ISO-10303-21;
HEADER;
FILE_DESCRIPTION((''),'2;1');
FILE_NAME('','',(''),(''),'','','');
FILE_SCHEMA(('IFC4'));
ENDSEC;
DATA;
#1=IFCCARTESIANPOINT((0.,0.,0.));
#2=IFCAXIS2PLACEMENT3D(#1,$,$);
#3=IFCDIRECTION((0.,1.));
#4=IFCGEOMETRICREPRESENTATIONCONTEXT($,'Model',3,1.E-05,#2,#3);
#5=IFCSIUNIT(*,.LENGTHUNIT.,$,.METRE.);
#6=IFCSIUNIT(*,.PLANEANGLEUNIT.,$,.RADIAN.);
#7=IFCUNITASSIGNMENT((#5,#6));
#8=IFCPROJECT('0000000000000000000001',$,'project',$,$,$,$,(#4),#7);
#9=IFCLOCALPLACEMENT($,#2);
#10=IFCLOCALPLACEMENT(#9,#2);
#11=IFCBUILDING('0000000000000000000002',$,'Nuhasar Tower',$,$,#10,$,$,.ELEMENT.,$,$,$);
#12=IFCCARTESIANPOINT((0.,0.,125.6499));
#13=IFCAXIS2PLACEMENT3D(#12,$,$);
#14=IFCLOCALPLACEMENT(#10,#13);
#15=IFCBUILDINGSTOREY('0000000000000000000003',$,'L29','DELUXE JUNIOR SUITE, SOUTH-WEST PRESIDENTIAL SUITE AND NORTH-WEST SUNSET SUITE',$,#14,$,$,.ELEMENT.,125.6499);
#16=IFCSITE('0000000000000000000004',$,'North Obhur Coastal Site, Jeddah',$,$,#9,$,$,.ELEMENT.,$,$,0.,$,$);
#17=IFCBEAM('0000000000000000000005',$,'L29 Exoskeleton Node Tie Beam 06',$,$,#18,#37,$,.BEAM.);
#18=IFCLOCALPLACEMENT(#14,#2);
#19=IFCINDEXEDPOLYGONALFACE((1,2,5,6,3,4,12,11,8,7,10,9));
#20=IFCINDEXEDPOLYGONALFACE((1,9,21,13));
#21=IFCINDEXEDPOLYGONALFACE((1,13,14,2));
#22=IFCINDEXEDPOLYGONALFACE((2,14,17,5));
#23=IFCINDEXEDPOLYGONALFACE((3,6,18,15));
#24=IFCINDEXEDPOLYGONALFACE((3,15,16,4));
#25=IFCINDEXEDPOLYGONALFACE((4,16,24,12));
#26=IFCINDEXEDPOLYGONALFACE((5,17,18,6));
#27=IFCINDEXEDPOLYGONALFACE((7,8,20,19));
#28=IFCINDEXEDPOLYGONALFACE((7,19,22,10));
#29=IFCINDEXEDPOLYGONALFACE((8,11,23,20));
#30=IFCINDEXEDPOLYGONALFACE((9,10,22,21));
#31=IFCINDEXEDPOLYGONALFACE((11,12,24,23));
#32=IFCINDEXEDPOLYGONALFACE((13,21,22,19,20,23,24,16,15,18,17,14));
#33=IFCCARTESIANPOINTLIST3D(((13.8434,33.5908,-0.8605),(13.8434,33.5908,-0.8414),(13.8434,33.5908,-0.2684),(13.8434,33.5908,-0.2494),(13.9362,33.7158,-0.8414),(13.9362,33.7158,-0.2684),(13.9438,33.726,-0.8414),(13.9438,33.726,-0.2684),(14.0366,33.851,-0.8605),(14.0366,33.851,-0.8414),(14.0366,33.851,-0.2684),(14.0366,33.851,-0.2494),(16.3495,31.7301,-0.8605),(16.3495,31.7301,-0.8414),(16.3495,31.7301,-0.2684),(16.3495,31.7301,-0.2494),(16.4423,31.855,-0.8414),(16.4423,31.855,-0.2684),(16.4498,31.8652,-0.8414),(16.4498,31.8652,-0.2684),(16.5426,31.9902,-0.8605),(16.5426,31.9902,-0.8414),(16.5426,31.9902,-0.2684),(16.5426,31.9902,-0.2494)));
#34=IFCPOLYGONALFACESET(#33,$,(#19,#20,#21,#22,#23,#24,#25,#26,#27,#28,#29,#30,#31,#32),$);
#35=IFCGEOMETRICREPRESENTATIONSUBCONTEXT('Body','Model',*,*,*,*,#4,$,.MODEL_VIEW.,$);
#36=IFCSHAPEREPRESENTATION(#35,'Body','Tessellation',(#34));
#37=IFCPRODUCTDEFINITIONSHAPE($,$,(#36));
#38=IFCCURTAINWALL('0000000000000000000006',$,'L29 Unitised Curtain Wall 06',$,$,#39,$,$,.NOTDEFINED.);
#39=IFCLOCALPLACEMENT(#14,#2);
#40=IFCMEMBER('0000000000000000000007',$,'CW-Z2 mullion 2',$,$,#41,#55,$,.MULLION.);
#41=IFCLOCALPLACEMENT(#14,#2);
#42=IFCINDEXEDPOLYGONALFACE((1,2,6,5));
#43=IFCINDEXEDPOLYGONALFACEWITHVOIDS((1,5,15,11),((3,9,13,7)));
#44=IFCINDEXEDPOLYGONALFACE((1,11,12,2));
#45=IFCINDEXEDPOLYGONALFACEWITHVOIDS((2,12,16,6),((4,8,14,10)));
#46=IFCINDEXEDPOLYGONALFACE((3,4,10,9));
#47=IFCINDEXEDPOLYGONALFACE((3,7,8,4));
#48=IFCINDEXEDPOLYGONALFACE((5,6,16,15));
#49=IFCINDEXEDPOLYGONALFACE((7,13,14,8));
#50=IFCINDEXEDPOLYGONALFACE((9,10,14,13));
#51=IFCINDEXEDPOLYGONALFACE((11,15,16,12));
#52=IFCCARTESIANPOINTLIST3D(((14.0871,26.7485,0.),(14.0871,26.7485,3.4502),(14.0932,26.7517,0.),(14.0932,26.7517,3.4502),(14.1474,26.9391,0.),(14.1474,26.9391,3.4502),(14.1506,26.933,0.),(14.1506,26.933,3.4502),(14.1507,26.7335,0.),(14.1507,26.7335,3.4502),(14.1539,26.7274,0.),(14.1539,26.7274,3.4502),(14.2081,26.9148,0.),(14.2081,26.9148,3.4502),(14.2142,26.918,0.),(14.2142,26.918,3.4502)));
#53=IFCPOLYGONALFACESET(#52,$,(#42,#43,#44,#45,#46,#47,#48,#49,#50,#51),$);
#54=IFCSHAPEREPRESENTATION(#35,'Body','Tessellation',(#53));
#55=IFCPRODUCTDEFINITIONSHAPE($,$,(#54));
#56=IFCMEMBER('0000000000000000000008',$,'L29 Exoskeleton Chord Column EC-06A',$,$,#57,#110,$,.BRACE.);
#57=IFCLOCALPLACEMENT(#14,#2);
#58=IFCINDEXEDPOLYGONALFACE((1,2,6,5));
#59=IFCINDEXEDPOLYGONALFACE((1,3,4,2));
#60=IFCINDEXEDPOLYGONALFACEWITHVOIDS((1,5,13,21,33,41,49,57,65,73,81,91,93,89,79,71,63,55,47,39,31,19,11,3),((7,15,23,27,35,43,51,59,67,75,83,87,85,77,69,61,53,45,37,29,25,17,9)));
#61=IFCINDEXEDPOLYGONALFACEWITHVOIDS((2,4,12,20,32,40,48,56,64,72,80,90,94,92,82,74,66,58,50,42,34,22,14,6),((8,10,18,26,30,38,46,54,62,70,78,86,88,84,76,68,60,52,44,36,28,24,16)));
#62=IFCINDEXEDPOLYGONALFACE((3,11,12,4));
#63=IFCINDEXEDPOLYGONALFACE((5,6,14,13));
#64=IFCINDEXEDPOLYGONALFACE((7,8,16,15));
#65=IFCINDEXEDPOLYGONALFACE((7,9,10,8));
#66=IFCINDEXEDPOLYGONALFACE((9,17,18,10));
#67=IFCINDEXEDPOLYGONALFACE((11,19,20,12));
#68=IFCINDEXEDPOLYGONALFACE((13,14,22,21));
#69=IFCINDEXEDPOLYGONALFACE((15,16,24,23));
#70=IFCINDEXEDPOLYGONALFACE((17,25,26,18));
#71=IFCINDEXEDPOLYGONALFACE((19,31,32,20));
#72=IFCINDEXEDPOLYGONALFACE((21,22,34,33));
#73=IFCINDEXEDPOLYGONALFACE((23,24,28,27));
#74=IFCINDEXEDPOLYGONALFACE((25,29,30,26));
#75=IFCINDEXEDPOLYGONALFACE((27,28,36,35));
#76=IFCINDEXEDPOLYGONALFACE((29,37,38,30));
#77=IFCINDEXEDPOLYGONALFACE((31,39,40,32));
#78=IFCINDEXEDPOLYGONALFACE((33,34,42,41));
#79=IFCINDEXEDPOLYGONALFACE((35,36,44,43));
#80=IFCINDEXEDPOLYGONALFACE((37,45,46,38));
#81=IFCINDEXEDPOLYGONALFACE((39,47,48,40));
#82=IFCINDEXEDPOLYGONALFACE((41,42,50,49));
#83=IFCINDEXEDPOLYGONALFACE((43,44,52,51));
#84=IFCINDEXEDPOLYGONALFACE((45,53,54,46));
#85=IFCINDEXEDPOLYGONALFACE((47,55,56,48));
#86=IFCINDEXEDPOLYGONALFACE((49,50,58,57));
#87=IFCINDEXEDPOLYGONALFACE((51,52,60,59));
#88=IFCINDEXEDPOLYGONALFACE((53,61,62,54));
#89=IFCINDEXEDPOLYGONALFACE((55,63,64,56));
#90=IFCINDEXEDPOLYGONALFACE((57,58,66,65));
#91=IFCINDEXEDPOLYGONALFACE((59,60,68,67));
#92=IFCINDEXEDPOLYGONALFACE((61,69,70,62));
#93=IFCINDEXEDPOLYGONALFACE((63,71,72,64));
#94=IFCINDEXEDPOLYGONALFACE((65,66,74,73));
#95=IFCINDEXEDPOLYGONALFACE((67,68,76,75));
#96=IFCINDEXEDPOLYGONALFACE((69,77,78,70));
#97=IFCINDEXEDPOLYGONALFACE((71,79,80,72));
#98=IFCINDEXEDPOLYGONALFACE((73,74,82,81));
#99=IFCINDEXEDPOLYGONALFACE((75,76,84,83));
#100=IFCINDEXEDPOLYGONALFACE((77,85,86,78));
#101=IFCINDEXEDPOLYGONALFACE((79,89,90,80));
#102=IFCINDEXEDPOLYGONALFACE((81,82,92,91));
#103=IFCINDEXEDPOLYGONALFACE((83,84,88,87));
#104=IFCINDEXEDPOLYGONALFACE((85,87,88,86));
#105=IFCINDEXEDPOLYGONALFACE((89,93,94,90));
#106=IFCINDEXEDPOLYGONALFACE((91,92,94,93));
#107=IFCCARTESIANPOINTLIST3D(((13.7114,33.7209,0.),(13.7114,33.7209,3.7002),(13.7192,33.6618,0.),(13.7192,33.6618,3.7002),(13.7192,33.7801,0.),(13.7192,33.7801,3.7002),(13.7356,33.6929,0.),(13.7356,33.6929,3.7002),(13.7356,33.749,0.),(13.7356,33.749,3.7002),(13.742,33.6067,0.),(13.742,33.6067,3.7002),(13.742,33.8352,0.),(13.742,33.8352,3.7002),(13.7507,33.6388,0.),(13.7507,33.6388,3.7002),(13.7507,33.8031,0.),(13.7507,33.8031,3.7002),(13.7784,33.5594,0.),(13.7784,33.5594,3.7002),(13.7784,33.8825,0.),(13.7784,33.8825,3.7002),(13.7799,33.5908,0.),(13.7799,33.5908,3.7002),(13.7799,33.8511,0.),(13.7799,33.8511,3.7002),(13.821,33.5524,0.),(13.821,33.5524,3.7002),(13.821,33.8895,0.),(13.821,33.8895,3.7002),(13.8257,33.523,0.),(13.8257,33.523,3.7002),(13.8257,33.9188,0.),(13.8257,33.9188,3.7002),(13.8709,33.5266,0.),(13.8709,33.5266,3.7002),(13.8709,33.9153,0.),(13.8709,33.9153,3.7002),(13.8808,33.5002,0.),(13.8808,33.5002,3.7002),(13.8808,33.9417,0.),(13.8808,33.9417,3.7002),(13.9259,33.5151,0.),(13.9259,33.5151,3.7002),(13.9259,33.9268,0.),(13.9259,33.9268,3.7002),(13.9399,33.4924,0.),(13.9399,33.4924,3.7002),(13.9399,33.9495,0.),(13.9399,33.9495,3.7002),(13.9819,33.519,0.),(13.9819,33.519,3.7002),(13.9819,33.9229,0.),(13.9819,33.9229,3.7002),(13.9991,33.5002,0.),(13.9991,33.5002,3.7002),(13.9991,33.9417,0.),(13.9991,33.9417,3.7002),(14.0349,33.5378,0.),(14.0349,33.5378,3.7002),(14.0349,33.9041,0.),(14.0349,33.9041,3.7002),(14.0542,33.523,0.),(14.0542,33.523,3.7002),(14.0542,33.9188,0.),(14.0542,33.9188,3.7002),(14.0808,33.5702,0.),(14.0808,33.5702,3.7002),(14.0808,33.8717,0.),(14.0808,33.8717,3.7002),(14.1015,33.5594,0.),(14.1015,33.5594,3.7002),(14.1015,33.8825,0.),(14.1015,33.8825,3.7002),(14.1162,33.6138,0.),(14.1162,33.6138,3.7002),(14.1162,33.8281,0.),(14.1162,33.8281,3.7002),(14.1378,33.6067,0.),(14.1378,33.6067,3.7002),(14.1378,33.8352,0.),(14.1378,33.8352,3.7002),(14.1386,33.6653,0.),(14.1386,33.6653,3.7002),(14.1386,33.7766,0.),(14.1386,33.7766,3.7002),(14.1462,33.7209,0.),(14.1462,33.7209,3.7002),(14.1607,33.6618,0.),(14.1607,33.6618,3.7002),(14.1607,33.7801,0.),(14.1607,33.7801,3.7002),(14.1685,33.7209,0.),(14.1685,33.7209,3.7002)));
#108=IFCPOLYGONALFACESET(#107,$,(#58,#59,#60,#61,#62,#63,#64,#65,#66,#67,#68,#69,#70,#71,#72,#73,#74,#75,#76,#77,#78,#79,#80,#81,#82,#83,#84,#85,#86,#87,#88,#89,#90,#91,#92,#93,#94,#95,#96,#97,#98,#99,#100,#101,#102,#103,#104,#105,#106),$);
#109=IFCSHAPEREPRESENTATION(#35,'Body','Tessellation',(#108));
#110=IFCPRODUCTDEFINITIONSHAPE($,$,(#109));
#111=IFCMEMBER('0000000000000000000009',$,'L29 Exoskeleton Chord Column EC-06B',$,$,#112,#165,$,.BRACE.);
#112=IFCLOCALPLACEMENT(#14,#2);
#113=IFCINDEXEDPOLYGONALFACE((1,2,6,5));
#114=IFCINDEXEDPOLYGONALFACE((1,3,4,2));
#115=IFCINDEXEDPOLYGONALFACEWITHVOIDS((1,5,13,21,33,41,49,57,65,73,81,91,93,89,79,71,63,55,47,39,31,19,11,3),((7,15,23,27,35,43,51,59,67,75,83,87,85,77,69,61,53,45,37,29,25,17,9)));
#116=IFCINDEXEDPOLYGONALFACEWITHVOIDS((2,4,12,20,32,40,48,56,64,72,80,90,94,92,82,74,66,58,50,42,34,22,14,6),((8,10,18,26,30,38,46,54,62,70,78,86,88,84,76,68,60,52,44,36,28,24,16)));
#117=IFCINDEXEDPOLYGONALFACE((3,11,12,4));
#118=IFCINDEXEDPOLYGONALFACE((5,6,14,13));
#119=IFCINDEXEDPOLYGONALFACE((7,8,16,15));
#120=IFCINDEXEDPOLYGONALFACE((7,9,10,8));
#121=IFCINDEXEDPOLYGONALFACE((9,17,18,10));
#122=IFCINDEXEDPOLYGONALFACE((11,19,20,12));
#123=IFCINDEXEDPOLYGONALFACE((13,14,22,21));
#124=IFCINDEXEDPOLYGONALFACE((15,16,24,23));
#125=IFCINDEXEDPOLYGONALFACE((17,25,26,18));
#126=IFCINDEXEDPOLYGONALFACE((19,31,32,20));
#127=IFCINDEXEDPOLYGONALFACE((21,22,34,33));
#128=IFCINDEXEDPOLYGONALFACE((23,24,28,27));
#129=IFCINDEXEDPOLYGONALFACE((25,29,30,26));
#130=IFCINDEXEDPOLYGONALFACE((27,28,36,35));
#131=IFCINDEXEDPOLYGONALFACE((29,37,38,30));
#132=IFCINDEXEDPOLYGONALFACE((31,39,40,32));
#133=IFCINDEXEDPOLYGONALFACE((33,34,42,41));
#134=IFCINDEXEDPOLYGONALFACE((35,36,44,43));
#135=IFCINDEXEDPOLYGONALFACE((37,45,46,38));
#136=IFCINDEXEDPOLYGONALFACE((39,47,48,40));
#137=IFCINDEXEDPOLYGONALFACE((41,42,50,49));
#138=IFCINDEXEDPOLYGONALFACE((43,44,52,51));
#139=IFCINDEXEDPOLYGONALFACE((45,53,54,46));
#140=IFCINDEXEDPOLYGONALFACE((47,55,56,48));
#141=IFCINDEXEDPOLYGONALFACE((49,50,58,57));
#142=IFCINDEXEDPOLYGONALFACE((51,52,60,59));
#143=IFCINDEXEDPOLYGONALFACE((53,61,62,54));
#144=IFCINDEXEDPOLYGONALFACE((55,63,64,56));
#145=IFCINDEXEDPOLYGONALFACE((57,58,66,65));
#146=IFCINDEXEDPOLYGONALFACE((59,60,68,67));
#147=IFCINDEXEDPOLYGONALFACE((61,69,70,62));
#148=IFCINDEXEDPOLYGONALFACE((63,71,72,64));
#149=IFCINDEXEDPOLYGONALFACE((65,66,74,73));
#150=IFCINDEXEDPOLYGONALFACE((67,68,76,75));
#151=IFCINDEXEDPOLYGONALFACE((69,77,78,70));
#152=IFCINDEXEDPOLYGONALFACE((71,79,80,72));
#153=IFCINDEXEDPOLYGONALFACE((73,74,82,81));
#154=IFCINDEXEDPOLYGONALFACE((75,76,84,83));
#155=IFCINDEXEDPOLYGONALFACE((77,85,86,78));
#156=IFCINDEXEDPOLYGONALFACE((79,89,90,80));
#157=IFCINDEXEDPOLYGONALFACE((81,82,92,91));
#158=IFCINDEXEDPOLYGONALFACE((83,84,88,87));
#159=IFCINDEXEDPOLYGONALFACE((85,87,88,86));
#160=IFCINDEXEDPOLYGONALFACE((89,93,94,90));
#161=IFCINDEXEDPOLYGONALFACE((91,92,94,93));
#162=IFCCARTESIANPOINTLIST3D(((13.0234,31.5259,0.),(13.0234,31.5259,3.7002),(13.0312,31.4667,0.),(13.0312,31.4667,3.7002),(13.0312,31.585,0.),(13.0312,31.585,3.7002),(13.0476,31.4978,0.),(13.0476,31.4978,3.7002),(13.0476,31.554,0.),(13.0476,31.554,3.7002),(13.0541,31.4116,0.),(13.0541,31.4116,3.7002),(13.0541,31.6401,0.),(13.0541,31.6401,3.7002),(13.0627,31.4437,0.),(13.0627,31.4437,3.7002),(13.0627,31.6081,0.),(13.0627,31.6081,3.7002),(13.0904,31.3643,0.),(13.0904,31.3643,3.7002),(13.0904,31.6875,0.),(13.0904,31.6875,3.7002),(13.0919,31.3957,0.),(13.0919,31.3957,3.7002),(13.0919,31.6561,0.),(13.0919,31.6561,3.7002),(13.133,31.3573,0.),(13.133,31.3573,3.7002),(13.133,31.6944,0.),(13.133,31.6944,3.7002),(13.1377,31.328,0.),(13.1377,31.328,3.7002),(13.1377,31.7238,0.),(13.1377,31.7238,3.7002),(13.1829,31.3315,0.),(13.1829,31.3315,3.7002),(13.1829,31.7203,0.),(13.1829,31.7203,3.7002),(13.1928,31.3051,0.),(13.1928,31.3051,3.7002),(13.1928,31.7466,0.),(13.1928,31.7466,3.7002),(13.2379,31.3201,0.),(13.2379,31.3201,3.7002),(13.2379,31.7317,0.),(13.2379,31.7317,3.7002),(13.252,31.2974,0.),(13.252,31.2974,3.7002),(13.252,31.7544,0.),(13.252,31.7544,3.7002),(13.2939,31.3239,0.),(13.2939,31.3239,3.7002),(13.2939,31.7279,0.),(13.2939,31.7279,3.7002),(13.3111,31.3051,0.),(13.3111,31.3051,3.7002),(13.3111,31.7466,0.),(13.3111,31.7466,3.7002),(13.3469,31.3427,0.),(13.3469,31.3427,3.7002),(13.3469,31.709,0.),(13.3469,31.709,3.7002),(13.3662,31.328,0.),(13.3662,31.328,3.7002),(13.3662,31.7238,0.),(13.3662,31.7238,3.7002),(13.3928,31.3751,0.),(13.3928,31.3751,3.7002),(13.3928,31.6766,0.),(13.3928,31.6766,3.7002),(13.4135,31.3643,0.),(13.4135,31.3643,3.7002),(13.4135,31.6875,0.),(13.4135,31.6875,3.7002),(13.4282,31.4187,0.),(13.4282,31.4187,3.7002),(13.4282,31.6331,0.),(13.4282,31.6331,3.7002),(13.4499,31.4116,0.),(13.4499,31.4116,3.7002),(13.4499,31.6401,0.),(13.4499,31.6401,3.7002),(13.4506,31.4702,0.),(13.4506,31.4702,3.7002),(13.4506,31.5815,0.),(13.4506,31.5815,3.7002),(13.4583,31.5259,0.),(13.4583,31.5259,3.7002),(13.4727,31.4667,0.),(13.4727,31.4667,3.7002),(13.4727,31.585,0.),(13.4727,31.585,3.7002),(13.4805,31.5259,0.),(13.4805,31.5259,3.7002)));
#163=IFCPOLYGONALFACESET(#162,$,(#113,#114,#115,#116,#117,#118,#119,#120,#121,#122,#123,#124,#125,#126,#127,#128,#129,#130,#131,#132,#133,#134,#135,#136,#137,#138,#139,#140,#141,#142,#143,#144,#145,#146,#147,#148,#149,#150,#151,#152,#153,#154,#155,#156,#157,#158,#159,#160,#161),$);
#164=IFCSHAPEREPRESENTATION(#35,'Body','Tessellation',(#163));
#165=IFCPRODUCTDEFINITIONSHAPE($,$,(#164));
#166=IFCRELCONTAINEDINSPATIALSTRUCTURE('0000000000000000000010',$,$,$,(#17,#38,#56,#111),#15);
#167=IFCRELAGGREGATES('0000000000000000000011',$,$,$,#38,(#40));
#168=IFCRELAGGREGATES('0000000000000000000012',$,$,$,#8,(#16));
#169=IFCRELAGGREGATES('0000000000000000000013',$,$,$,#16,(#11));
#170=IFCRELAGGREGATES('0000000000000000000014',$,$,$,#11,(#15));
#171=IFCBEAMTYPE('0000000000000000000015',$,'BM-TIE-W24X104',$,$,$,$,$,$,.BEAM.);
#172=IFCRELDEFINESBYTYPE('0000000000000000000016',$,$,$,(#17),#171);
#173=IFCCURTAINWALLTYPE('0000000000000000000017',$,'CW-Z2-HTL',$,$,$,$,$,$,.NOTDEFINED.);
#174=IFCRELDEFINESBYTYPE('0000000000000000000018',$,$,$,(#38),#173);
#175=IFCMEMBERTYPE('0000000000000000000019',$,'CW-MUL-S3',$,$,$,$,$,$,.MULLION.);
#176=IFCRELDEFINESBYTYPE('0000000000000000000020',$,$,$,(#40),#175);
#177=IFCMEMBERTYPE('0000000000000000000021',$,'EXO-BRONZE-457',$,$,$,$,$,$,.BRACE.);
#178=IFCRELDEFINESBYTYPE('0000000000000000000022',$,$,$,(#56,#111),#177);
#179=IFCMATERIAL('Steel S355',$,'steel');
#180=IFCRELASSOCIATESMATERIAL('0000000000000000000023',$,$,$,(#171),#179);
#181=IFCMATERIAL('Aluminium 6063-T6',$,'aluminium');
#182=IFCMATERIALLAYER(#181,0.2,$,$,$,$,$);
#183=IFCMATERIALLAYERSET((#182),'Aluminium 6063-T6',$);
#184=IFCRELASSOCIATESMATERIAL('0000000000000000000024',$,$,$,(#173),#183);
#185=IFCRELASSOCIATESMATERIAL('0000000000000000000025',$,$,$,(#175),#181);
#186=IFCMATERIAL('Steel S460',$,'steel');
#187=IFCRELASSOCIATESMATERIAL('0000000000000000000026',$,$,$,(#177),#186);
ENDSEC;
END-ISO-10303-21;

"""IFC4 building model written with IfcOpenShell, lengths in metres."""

from ifc_helpers import new_model, si_unit, direction, frame, origin, origin_2d, place, context, subcontext, project, spatial, hollow_rectangle, hollow_circle, i_section, extrude, material, layer, layer_set, material_profile, profile_set, type_object, element, aggregate, save


model = new_model("IFC4")

# Units and contexts
model_context = context("Model", 3, precision=1e-05, world=origin(), true_north=direction((0.0, 1.0)))
body_context = subcontext(model_context, "Body", "Model", "MODEL_VIEW")
ifc_project = project(units=[si_unit("LENGTHUNIT", "METRE"), si_unit("PLANEANGLEUNIT", "RADIAN")], contexts=[model_context])

# Site, building, storey
site_placement = place(None, origin())
site = spatial("IfcSite", under=ifc_project, at=site_placement, Name="North Obhur Coastal Site, Jeddah", CompositionType="ELEMENT", RefElevation=0.0)
building_placement = place(site_placement, origin())
building = spatial("IfcBuilding", under=site, at=building_placement, Name="Nuhasar Tower", CompositionType="ELEMENT")
storey_placement = place(building_placement, frame((0.0, 0.0, 125.6499)))
storey = spatial("IfcBuildingStorey", under=building, at=storey_placement, Name="L29", Description="DELUXE JUNIOR SUITE, SOUTH-WEST PRESIDENTIAL SUITE AND NORTH-WEST SUNSET SUITE", CompositionType="ELEMENT", Elevation=125.6499)

# Beam
ifc_material_1 = material(Name="Steel S355", Category="steel")
ifc_material_profile_1 = material_profile(ifc_material_1, i_section(OverallWidth=0.324, OverallDepth=0.6111, WebThickness=0.0127, FlangeThickness=0.019, at=origin_2d()), Name="W24X104")
ifc_profile_set_1 = profile_set([ifc_material_profile_1], Name="Steel S355")
beam_type_1 = type_object("IfcBeamType", Name="BM-TIE-W24X104", PredefinedType="BEAM", material=ifc_profile_set_1)
beam_1_placement = place(storey_placement, frame((16.446, 31.8601, -0.5549), z_axis=(-0.802872, 0.596151, 0.0), x_axis=(-0.596151, -0.802872, 0.0)))
element("IfcBeam", 1, at=beam_1_placement, inside=storey, type_object=beam_type_1, Name="L29 Exoskeleton Node Tie Beam 06", PredefinedType="BEAM", context=body_context, shape_type="SweptSolid", body=[
    extrude(i_section(OverallWidth=0.324, OverallDepth=0.6111, WebThickness=0.0127, FlangeThickness=0.019, at=origin_2d()), origin(), (0.0, 0.0, 1.0), 3.1213),
])

# Curtain wall, member
ifc_material_2 = material(Name="Aluminium 6063-T6", Category="aluminium")
ifc_layer_1 = layer(ifc_material_2, 0.2)
ifc_layer_set_1 = layer_set([ifc_layer_1], Name="Aluminium 6063-T6")
curtain_wall_type = type_object("IfcCurtainWallType", Name="CW-Z2-HTL", PredefinedType="NOTDEFINED", material=ifc_layer_set_1)
curtain_wall_placement = place(storey_placement, origin())
curtain_wall = element("IfcCurtainWall", 2, at=curtain_wall_placement, inside=storey, type_object=curtain_wall_type, Name="L29 Unitised Curtain Wall 06", PredefinedType="NOTDEFINED")
ifc_material_profile_2 = material_profile(ifc_material_2, hollow_rectangle(XDim=0.0701, YDim=0.2, WallThickness=0.0049, at=origin_2d()), Name="CWM-3")
ifc_profile_set_2 = profile_set([ifc_material_profile_2], Name="Aluminium 6063-T6")
member_type_1 = type_object("IfcMemberType", Name="CW-MUL-S3", PredefinedType="MULLION", material=ifc_profile_set_2)
member_placement = place(storey_placement, frame((14.1506, 26.8333, 0.0), z_axis=(0.0, 0.0, 1.0), x_axis=(0.953433, -0.301604, 0.0)))
member = element("IfcMember", 3, at=member_placement, type_object=member_type_1, Name="CW-Z2 mullion 2", PredefinedType="MULLION", context=body_context, shape_type="SweptSolid", body=[
    extrude(hollow_rectangle(XDim=0.0701, YDim=0.2, WallThickness=0.0049, at=origin_2d()), origin(), (0.0, 0.0, 1.0), 3.4502),
])

# Members
ifc_material_3 = material(Name="Steel S460", Category="steel")
ifc_material_profile_3 = material_profile(ifc_material_3, hollow_circle(Radius=0.2285, WallThickness=0.0222, at=origin_2d()), Name="HSS457X22.2")
ifc_profile_set_3 = profile_set([ifc_material_profile_3], Name="Steel S460")
member_type_2 = type_object("IfcMemberType", Name="EXO-BRONZE-457", PredefinedType="BRACE", material=ifc_profile_set_3)
for number, where, z_axis, x_axis, name in (
    (4, (13.9399, 33.7209, 0.0), (0.0, 0.0, 1.0), (1.0, 0.0, 0.0), "L29 Exoskeleton Chord Column EC-06A"),
    (5, (13.252, 31.5259, 0.0), (0.0, 0.0, 1.0), (1.0, 0.0, 0.0), "L29 Exoskeleton Chord Column EC-06B"),
):
    element("IfcMember", number, at=place(storey_placement, frame(where, z_axis=z_axis, x_axis=x_axis)), inside=storey, type_object=member_type_2, Name=name, PredefinedType="BRACE", context=body_context, shape_type="SweptSolid", body=[
        extrude(hollow_circle(Radius=0.2285, WallThickness=0.0222, at=origin_2d()), origin(), (0.0, 0.0, 1.0), 3.7002),
    ])

aggregate(curtain_wall, [member])

save(model, "model.ifc")
